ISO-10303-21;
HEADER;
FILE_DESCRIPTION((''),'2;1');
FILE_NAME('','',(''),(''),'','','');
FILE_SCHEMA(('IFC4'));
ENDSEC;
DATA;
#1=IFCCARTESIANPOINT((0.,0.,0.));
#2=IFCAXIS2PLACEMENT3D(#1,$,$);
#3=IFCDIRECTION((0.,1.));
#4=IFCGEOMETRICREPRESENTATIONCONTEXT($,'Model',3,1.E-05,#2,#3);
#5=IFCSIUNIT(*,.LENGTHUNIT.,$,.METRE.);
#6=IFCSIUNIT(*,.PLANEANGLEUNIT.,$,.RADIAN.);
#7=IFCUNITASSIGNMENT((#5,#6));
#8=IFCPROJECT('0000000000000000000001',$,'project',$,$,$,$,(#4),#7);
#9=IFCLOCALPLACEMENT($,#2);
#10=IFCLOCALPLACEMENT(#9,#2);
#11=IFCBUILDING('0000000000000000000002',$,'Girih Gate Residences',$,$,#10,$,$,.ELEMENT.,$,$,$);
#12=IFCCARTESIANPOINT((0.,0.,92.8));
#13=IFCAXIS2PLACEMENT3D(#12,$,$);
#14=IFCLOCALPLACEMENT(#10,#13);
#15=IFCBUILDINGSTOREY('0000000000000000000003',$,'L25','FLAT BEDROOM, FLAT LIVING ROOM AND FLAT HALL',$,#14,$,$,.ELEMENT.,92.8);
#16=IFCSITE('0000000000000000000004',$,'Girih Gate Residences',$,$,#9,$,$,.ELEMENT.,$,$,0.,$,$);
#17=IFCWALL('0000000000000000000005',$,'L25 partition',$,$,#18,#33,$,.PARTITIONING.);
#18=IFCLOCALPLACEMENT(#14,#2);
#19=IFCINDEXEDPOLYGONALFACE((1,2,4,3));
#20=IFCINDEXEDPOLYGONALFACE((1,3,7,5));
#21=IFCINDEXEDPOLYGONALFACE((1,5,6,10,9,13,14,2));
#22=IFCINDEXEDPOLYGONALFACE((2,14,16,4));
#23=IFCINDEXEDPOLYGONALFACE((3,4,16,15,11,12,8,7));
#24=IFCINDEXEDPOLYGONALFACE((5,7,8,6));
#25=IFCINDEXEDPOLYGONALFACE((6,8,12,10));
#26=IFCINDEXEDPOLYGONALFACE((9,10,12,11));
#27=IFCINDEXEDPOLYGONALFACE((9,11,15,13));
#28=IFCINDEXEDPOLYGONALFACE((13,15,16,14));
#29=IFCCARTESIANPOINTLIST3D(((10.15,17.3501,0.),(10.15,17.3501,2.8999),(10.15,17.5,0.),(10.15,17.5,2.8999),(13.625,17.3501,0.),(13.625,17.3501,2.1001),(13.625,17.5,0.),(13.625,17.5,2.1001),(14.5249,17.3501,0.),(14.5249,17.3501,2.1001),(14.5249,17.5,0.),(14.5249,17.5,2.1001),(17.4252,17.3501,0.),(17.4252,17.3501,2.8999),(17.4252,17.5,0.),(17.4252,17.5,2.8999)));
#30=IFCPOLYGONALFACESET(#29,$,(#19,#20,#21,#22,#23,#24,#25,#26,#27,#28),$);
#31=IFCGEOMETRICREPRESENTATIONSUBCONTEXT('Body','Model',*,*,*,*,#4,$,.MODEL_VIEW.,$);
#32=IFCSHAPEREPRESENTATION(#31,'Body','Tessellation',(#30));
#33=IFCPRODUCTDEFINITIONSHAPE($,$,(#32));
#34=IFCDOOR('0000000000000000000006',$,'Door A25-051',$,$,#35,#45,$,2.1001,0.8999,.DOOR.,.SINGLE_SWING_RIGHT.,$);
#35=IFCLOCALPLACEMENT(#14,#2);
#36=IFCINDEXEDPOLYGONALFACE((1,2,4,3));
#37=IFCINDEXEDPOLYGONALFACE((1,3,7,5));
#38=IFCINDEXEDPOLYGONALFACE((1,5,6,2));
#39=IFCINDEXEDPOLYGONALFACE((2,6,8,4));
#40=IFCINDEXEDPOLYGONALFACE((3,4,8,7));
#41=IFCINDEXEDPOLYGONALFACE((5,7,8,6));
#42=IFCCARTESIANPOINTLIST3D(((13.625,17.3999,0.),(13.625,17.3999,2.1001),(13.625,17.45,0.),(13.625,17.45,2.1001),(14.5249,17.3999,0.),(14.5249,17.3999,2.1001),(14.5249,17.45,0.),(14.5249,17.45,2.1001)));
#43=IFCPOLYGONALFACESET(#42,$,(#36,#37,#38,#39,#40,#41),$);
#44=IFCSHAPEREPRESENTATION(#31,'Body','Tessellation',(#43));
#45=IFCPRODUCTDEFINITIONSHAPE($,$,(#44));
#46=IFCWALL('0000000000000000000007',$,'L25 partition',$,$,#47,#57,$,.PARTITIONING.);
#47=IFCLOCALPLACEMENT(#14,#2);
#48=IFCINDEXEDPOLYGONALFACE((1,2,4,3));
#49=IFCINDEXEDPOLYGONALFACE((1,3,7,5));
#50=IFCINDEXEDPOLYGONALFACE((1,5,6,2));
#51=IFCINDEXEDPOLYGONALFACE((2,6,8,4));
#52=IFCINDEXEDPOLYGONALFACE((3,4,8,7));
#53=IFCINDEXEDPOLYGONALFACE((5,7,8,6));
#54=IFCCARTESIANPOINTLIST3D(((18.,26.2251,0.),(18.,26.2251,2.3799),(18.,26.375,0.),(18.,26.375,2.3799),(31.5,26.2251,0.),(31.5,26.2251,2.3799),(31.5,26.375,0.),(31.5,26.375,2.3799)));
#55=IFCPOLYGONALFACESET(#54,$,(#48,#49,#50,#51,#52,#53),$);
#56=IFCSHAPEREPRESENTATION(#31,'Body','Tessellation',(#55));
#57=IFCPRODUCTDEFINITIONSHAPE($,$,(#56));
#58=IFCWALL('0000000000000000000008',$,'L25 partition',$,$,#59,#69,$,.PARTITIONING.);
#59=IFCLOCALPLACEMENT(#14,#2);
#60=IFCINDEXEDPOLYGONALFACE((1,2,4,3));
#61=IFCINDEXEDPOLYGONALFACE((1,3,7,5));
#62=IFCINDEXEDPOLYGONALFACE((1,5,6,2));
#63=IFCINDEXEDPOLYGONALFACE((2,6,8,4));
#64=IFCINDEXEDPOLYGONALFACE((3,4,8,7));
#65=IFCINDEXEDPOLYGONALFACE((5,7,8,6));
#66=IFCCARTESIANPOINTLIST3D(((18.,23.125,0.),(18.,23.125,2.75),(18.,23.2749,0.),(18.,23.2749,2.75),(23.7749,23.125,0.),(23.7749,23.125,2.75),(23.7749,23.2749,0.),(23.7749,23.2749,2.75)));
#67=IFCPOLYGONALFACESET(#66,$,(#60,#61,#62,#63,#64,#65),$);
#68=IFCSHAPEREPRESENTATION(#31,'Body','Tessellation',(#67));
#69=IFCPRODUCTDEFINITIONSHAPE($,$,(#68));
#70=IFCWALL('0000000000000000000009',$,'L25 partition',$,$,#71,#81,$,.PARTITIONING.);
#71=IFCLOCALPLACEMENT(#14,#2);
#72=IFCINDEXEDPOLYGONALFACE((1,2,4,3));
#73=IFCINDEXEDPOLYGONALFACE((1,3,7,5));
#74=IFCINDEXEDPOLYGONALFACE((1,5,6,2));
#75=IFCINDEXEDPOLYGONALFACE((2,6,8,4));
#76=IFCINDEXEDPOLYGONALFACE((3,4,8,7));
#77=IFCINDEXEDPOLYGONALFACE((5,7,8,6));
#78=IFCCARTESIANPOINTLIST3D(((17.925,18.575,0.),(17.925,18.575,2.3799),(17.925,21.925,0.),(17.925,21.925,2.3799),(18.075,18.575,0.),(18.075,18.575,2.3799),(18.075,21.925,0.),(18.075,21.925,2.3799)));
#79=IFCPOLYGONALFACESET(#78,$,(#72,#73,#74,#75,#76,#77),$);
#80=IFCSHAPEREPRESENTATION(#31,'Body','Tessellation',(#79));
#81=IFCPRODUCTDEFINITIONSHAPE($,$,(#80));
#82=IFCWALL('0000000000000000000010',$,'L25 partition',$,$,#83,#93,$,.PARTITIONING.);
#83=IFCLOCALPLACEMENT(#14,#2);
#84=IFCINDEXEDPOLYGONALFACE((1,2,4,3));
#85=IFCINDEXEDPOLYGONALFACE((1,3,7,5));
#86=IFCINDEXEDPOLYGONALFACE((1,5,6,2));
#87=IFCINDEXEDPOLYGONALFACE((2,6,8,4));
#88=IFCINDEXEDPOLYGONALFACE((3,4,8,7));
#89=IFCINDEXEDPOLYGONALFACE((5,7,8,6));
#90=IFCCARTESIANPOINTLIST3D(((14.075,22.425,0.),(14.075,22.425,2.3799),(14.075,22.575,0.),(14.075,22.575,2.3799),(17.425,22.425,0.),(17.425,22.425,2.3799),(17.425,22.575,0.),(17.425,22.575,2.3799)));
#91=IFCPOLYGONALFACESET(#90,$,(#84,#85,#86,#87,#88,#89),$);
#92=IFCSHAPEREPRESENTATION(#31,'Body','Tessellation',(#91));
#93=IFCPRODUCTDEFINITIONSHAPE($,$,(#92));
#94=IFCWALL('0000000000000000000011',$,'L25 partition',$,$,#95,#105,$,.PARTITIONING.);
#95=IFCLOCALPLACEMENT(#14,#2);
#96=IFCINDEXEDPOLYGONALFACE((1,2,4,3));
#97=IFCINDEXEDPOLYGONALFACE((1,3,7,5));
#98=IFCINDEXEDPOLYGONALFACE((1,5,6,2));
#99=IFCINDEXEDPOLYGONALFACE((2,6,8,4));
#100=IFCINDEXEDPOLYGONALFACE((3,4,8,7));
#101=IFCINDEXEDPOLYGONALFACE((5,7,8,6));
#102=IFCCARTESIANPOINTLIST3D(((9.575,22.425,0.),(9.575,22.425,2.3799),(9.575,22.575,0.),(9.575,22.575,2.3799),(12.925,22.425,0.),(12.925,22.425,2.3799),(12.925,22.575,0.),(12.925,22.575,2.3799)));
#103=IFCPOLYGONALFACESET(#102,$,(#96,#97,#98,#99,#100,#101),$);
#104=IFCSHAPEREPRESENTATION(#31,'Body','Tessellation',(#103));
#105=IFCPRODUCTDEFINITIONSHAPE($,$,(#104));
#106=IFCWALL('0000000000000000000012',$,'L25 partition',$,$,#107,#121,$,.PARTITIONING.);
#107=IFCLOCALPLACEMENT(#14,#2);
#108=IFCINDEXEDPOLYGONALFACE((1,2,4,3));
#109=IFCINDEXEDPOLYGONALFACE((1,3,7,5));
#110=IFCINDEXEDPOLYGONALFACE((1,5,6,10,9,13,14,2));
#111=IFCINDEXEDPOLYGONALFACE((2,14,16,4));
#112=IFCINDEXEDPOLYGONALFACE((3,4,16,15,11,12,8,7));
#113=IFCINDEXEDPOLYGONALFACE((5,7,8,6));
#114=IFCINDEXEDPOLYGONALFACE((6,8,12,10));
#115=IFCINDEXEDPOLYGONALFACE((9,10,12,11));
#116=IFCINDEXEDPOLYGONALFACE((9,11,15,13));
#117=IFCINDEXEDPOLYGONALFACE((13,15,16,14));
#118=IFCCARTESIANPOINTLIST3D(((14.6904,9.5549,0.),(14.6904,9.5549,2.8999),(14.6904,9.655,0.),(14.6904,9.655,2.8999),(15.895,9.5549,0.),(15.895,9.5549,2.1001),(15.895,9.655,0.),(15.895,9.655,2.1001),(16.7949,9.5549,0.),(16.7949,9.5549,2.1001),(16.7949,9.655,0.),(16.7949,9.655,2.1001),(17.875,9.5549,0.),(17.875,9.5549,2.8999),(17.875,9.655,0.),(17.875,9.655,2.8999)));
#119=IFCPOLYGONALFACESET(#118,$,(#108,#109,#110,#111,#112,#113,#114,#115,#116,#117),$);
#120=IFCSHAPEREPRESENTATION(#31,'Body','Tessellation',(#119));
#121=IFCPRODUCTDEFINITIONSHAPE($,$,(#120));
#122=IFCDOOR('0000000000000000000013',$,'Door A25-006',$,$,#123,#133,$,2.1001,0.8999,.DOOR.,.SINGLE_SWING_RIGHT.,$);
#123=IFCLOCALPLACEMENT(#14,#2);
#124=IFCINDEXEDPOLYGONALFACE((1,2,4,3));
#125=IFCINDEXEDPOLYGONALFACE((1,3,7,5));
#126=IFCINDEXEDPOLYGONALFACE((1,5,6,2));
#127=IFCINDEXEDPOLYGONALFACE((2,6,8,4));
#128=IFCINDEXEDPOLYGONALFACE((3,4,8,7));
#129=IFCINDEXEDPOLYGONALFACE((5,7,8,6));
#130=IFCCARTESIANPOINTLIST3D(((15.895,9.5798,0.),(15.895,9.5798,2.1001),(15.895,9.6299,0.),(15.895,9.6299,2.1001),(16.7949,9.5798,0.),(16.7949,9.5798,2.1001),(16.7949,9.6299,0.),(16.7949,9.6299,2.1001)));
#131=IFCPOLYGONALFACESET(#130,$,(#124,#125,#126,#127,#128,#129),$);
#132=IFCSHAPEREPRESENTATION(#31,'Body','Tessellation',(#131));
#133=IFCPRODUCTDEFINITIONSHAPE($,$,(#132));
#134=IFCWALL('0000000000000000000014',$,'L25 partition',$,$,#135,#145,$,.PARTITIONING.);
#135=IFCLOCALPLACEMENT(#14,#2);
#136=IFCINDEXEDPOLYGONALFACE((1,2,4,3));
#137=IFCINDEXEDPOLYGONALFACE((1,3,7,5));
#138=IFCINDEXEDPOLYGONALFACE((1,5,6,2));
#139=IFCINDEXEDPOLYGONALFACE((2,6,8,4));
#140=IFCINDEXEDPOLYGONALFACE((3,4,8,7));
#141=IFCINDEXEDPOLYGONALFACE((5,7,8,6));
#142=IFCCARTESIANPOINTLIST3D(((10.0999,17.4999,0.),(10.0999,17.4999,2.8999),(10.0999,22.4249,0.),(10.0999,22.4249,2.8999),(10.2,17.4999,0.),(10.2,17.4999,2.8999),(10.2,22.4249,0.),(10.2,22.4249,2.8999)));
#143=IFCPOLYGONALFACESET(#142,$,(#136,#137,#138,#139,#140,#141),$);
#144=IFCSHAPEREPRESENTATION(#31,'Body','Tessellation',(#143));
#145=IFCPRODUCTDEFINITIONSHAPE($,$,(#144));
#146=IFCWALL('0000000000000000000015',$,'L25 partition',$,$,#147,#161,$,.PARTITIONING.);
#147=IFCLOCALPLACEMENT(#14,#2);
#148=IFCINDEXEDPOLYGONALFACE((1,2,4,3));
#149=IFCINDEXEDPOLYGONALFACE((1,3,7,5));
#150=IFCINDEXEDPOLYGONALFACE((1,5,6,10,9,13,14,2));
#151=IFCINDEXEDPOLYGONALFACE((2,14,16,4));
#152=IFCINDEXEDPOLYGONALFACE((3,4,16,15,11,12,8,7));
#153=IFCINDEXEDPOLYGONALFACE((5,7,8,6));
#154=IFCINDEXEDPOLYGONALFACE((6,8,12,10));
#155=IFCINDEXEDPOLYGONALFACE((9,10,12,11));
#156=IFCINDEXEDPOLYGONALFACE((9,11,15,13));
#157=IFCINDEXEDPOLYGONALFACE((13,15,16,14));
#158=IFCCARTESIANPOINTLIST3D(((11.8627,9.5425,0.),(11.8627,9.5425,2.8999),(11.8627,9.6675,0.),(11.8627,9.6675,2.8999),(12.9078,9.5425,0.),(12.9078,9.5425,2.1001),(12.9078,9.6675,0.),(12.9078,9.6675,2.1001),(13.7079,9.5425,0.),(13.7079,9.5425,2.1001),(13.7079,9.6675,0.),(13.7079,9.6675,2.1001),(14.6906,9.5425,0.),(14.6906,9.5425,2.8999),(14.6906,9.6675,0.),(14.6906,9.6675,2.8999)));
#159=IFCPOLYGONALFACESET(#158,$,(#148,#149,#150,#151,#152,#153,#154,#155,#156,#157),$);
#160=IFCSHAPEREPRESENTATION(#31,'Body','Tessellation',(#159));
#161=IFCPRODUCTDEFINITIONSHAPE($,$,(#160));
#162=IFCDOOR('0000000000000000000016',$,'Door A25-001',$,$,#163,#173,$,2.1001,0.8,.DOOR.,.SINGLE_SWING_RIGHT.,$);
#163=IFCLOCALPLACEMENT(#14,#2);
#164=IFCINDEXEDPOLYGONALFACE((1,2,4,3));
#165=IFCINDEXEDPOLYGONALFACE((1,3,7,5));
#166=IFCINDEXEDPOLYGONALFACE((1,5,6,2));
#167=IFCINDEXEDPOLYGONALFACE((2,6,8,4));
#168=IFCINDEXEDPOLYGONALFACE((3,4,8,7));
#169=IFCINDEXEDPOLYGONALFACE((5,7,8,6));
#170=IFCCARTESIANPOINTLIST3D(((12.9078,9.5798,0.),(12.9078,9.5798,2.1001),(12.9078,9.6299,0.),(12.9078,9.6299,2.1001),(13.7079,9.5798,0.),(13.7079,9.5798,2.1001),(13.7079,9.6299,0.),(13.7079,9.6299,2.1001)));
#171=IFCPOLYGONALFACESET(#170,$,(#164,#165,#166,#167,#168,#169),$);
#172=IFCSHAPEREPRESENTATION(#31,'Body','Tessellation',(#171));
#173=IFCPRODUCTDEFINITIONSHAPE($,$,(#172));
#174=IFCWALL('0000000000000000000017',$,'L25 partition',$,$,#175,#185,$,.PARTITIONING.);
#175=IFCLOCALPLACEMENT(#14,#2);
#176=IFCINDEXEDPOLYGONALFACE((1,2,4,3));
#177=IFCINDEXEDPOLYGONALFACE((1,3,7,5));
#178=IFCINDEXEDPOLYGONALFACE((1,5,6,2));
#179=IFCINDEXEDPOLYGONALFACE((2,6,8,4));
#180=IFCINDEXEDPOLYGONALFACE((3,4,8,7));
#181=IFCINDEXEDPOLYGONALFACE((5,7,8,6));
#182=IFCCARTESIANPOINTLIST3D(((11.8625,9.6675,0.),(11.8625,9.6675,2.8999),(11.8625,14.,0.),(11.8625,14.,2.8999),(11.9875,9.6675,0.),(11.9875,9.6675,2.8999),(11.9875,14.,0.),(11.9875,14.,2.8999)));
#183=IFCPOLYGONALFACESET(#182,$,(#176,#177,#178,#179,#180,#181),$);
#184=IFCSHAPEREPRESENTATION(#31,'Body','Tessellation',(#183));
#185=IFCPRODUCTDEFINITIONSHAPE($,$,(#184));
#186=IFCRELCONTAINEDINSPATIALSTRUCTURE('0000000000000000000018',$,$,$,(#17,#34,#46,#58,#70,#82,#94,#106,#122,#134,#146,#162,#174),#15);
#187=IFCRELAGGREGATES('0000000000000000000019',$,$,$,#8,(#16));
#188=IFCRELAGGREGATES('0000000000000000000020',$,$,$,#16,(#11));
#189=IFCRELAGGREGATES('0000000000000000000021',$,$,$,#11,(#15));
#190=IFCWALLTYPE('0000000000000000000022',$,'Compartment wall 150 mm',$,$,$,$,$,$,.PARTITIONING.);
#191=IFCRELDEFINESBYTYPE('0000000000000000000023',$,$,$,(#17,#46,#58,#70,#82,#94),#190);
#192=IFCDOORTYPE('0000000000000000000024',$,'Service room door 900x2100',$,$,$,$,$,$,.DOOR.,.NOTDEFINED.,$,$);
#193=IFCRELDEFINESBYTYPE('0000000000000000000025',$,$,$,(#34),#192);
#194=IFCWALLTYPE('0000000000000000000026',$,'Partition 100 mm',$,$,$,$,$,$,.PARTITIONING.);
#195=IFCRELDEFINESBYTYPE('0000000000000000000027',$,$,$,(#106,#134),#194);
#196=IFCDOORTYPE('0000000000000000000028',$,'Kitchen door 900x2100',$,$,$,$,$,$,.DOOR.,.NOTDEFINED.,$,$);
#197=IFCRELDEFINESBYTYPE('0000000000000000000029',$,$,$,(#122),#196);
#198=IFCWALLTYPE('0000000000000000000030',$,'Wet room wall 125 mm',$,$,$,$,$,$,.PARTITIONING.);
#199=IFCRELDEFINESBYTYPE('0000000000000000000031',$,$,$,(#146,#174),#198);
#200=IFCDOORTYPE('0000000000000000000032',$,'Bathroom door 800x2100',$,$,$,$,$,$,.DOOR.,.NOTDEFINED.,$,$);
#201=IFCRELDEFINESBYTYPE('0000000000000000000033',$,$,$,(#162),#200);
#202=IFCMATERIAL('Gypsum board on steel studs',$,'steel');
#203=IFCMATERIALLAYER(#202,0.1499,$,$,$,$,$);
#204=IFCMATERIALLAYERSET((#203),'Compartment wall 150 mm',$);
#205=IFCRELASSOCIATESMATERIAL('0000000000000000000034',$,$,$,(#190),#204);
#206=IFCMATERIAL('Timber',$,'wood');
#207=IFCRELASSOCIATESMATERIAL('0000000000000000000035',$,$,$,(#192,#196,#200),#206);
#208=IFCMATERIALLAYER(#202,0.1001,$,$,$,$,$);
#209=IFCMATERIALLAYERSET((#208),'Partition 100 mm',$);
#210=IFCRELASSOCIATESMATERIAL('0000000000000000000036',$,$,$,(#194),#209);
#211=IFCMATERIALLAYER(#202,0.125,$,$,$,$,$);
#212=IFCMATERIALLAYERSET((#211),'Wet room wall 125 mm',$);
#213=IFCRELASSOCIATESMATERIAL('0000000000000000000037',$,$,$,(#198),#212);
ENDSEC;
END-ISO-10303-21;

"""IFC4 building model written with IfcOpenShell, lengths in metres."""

from ifc_helpers import new_model, si_unit, direction, frame, frame_2d, origin, place, context, subcontext, project, spatial, rectangle, extrude, material, layer, layer_set, type_object, element, fill, save


model = new_model("IFC4")

# Units and contexts
model_context = context("Model", 3, precision=1e-05, world=origin(), true_north=direction((0.0, 1.0)))
body_context = subcontext(model_context, "Body", "Model", "MODEL_VIEW")
ifc_project = project(units=[si_unit("LENGTHUNIT", "METRE"), si_unit("PLANEANGLEUNIT", "RADIAN")], contexts=[model_context])

# Site, building, storey
site_placement = place(None, origin())
site = spatial("IfcSite", under=ifc_project, at=site_placement, Name="Girih Gate Residences", CompositionType="ELEMENT", RefElevation=0.0)
building_placement = place(site_placement, origin())
building = spatial("IfcBuilding", under=site, at=building_placement, Name="Girih Gate Residences", CompositionType="ELEMENT")
storey_placement = place(building_placement, frame((0.0, 0.0, 92.8)))
storey = spatial("IfcBuildingStorey", under=building, at=storey_placement, Name="L25", Description="FLAT BEDROOM, FLAT LIVING ROOM AND FLAT HALL", CompositionType="ELEMENT", Elevation=92.8)

# Shared definitions
ifc_material_1 = material(Name="Gypsum board on steel studs", Category="steel")
ifc_layer_1 = layer(ifc_material_1, 0.1499)
ifc_layer_set_1 = layer_set([ifc_layer_1], Name="Compartment wall 150 mm")
wall_type_1 = type_object("IfcWallType", Name="Compartment wall 150 mm", PredefinedType="PARTITIONING", material=ifc_layer_set_1)

# Wall, opening, door
wall_1_placement = place(storey_placement, frame((10.1499, 17.425, 0.0), z_axis=(0.0, 0.0, 1.0), x_axis=(1.0, 0.0, 0.0)))
wall_1 = element("IfcWall", 1, at=wall_1_placement, inside=storey, type_object=wall_type_1, Name="L25 partition", PredefinedType="PARTITIONING", context=body_context, shape_type="SweptSolid", body=[
    extrude(rectangle(XDim=7.2751, YDim=0.1499, at=frame_2d((3.6377, 0.0))), origin(), (0.0, 0.0, 1.0), 2.8999),
])
opening_1_placement = place(wall_1_placement, frame((3.4751, 0.0, 0.0)))
opening_1 = element("IfcOpeningElement", 2, at=opening_1_placement, cuts=wall_1, PredefinedType="OPENING", context=body_context, shape_type="SweptSolid", body=[
    extrude(rectangle(XDim=0.8999, YDim=2.1001, at=frame_2d((0.45, 1.05))), frame((0.0, 0.085, 0.0), z_axis=(0.0, -1.0, 0.0), x_axis=(1.0, 0.0, 0.0)), (0.0, 0.0, 1.0), 0.1699),
])
ifc_material_2 = material(Name="Timber", Category="wood")
door_type_1 = type_object("IfcDoorType", Name="Service room door 900x2100", OperationType="NOTDEFINED", PredefinedType="DOOR", material=ifc_material_2)
door_1_placement = place(opening_1_placement, origin())
door_1 = element("IfcDoor", 3, at=door_1_placement, inside=storey, type_object=door_type_1, Name="Door A25-051", OperationType="SINGLE_SWING_RIGHT", OverallHeight=2.1001, OverallWidth=0.8999, PredefinedType="DOOR", context=body_context, shape_type="SweptSolid", body=[
    extrude(rectangle(XDim=0.8999, YDim=2.1001, at=frame_2d((0.45, 1.05))), frame((0.0, 0.0249, 0.0), z_axis=(0.0, -1.0, 0.0), x_axis=(1.0, 0.0, 0.0)), (0.0, 0.0, 1.0), 0.05),
])
fill(opening_1, door_1)

# Walls
wall_2_placement = place(storey_placement, frame((18.0, 26.3, 0.0), z_axis=(0.0, 0.0, 1.0), x_axis=(1.0, 0.0, 0.0)))
element("IfcWall", 4, at=wall_2_placement, inside=storey, type_object=wall_type_1, Name="L25 partition", PredefinedType="PARTITIONING", context=body_context, shape_type="SweptSolid", body=[
    extrude(rectangle(XDim=13.5, YDim=0.1499, at=frame_2d((6.75, 0.0))), origin(), (0.0, 0.0, 1.0), 2.3799),
])
wall_3_placement = place(storey_placement, frame((18.0, 23.2, 0.0), z_axis=(0.0, 0.0, 1.0), x_axis=(1.0, 0.0, 0.0)))
element("IfcWall", 5, at=wall_3_placement, inside=storey, type_object=wall_type_1, Name="L25 partition", PredefinedType="PARTITIONING", context=body_context, shape_type="SweptSolid", body=[
    extrude(rectangle(XDim=5.7749, YDim=0.1499, at=frame_2d((2.8875, 0.0))), origin(), (0.0, 0.0, 1.0), 2.75),
])
for number, where, z_axis, x_axis, name in (
    (6, (18.0, 18.575, 0.0), (0.0, 0.0, 1.0), (0.0, 1.0, 0.0), "L25 partition"),
    (7, (14.075, 22.5, 0.0), (0.0, 0.0, 1.0), (1.0, 0.0, 0.0), "L25 partition"),
    (8, (9.575, 22.5, 0.0), (0.0, 0.0, 1.0), (1.0, 0.0, 0.0), "L25 partition"),
):
    element("IfcWall", number, at=place(storey_placement, frame(where, z_axis=z_axis, x_axis=x_axis)), inside=storey, type_object=wall_type_1, Name=name, PredefinedType="PARTITIONING", context=body_context, shape_type="SweptSolid", body=[
        extrude(rectangle(XDim=3.3501, YDim=0.1499, at=frame_2d((1.675, 0.0))), origin(), (0.0, 0.0, 1.0), 2.3799),
    ])

# Wall, opening, door
ifc_layer_2 = layer(ifc_material_1, 0.1001)
ifc_layer_set_2 = layer_set([ifc_layer_2], Name="Partition 100 mm")
wall_type_2 = type_object("IfcWallType", Name="Partition 100 mm", PredefinedType="PARTITIONING", material=ifc_layer_set_2)
wall_4_placement = place(storey_placement, frame((14.6904, 9.605, 0.0), z_axis=(0.0, 0.0, 1.0), x_axis=(1.0, 0.0, 0.0)))
wall_4 = element("IfcWall", 9, at=wall_4_placement, inside=storey, type_object=wall_type_2, Name="L25 partition", PredefinedType="PARTITIONING", context=body_context, shape_type="SweptSolid", body=[
    extrude(rectangle(XDim=3.1846, YDim=0.1001, at=frame_2d((1.5923, 0.0))), origin(), (0.0, 0.0, 1.0), 2.8999),
])
opening_2_placement = place(wall_4_placement, frame((1.2046, 0.0, 0.0)))
opening_2 = element("IfcOpeningElement", 10, at=opening_2_placement, cuts=wall_4, PredefinedType="OPENING", context=body_context, shape_type="SweptSolid", body=[
    extrude(rectangle(XDim=0.8999, YDim=2.1001, at=frame_2d((0.45, 1.05))), frame((0.0, 0.0601, 0.0), z_axis=(0.0, -1.0, 0.0), x_axis=(1.0, 0.0, 0.0)), (0.0, 0.0, 1.0), 0.1201),
])
door_type_2 = type_object("IfcDoorType", Name="Kitchen door 900x2100", OperationType="NOTDEFINED", PredefinedType="DOOR", material=ifc_material_2)
door_2_placement = place(opening_2_placement, origin())
door_2 = element("IfcDoor", 11, at=door_2_placement, inside=storey, type_object=door_type_2, Name="Door A25-006", OperationType="SINGLE_SWING_RIGHT", OverallHeight=2.1001, OverallWidth=0.8999, PredefinedType="DOOR", context=body_context, shape_type="SweptSolid", body=[
    extrude(rectangle(XDim=0.8999, YDim=2.1001, at=frame_2d((0.45, 1.05))), frame((0.0, 0.0249, 0.0), z_axis=(0.0, -1.0, 0.0), x_axis=(1.0, 0.0, 0.0)), (0.0, 0.0, 1.0), 0.05),
])
fill(opening_2, door_2)

# Wall
wall_5_placement = place(storey_placement, frame((10.1499, 17.5, 0.0), z_axis=(0.0, 0.0, 1.0), x_axis=(0.0, 1.0, 0.0)))
element("IfcWall", 12, at=wall_5_placement, inside=storey, type_object=wall_type_2, Name="L25 partition", PredefinedType="PARTITIONING", context=body_context, shape_type="SweptSolid", body=[
    extrude(rectangle(XDim=4.925, YDim=0.1001, at=frame_2d((2.4624, 0.0))), origin(), (0.0, 0.0, 1.0), 2.8999),
])

# Wall, opening, door
ifc_layer_3 = layer(ifc_material_1, 0.125)
ifc_layer_set_3 = layer_set([ifc_layer_3], Name="Wet room wall 125 mm")
wall_type_3 = type_object("IfcWallType", Name="Wet room wall 125 mm", PredefinedType="PARTITIONING", material=ifc_layer_set_3)
wall_6_placement = place(storey_placement, frame((11.8625, 9.605, 0.0), z_axis=(0.0, 0.0, 1.0), x_axis=(1.0, 0.0, 0.0)))
wall_6 = element("IfcWall", 13, at=wall_6_placement, inside=storey, type_object=wall_type_3, Name="L25 partition", PredefinedType="PARTITIONING", context=body_context, shape_type="SweptSolid", body=[
    extrude(rectangle(XDim=2.8279, YDim=0.125, at=frame_2d((1.4141, 0.0))), origin(), (0.0, 0.0, 1.0), 2.8999),
])
opening_3_placement = place(wall_6_placement, frame((1.0454, 0.0, 0.0)))
opening_3 = element("IfcOpeningElement", 14, at=opening_3_placement, cuts=wall_6, PredefinedType="OPENING", context=body_context, shape_type="SweptSolid", body=[
    extrude(rectangle(XDim=0.8, YDim=2.1001, at=frame_2d((0.3999, 1.05))), frame((0.0, 0.0725, 0.0), z_axis=(0.0, -1.0, 0.0), x_axis=(1.0, 0.0, 0.0)), (0.0, 0.0, 1.0), 0.145),
])
door_type_3 = type_object("IfcDoorType", Name="Bathroom door 800x2100", OperationType="NOTDEFINED", PredefinedType="DOOR", material=ifc_material_2)
door_3_placement = place(opening_3_placement, origin())
door_3 = element("IfcDoor", 15, at=door_3_placement, inside=storey, type_object=door_type_3, Name="Door A25-001", OperationType="SINGLE_SWING_RIGHT", OverallHeight=2.1001, OverallWidth=0.8, PredefinedType="DOOR", context=body_context, shape_type="SweptSolid", body=[
    extrude(rectangle(XDim=0.8, YDim=2.1001, at=frame_2d((0.3999, 1.05))), frame((0.0, 0.0249, 0.0), z_axis=(0.0, -1.0, 0.0), x_axis=(1.0, 0.0, 0.0)), (0.0, 0.0, 1.0), 0.05),
])
fill(opening_3, door_3)

# Wall
for number, where, z_axis, x_axis, name in (
    (16, (11.925, 9.6675, 0.0), (0.0, 0.0, 1.0), (0.0, 1.0, 0.0), "L25 partition"),
):
    element("IfcWall", number, at=place(storey_placement, frame(where, z_axis=z_axis, x_axis=x_axis)), inside=storey, type_object=wall_type_3, Name=name, PredefinedType="PARTITIONING", context=body_context, shape_type="SweptSolid", body=[
        extrude(rectangle(XDim=4.3325, YDim=0.125, at=frame_2d((2.1663, 0.0))), origin(), (0.0, 0.0, 1.0), 2.8999),
    ])

save(model, "model.ifc")
